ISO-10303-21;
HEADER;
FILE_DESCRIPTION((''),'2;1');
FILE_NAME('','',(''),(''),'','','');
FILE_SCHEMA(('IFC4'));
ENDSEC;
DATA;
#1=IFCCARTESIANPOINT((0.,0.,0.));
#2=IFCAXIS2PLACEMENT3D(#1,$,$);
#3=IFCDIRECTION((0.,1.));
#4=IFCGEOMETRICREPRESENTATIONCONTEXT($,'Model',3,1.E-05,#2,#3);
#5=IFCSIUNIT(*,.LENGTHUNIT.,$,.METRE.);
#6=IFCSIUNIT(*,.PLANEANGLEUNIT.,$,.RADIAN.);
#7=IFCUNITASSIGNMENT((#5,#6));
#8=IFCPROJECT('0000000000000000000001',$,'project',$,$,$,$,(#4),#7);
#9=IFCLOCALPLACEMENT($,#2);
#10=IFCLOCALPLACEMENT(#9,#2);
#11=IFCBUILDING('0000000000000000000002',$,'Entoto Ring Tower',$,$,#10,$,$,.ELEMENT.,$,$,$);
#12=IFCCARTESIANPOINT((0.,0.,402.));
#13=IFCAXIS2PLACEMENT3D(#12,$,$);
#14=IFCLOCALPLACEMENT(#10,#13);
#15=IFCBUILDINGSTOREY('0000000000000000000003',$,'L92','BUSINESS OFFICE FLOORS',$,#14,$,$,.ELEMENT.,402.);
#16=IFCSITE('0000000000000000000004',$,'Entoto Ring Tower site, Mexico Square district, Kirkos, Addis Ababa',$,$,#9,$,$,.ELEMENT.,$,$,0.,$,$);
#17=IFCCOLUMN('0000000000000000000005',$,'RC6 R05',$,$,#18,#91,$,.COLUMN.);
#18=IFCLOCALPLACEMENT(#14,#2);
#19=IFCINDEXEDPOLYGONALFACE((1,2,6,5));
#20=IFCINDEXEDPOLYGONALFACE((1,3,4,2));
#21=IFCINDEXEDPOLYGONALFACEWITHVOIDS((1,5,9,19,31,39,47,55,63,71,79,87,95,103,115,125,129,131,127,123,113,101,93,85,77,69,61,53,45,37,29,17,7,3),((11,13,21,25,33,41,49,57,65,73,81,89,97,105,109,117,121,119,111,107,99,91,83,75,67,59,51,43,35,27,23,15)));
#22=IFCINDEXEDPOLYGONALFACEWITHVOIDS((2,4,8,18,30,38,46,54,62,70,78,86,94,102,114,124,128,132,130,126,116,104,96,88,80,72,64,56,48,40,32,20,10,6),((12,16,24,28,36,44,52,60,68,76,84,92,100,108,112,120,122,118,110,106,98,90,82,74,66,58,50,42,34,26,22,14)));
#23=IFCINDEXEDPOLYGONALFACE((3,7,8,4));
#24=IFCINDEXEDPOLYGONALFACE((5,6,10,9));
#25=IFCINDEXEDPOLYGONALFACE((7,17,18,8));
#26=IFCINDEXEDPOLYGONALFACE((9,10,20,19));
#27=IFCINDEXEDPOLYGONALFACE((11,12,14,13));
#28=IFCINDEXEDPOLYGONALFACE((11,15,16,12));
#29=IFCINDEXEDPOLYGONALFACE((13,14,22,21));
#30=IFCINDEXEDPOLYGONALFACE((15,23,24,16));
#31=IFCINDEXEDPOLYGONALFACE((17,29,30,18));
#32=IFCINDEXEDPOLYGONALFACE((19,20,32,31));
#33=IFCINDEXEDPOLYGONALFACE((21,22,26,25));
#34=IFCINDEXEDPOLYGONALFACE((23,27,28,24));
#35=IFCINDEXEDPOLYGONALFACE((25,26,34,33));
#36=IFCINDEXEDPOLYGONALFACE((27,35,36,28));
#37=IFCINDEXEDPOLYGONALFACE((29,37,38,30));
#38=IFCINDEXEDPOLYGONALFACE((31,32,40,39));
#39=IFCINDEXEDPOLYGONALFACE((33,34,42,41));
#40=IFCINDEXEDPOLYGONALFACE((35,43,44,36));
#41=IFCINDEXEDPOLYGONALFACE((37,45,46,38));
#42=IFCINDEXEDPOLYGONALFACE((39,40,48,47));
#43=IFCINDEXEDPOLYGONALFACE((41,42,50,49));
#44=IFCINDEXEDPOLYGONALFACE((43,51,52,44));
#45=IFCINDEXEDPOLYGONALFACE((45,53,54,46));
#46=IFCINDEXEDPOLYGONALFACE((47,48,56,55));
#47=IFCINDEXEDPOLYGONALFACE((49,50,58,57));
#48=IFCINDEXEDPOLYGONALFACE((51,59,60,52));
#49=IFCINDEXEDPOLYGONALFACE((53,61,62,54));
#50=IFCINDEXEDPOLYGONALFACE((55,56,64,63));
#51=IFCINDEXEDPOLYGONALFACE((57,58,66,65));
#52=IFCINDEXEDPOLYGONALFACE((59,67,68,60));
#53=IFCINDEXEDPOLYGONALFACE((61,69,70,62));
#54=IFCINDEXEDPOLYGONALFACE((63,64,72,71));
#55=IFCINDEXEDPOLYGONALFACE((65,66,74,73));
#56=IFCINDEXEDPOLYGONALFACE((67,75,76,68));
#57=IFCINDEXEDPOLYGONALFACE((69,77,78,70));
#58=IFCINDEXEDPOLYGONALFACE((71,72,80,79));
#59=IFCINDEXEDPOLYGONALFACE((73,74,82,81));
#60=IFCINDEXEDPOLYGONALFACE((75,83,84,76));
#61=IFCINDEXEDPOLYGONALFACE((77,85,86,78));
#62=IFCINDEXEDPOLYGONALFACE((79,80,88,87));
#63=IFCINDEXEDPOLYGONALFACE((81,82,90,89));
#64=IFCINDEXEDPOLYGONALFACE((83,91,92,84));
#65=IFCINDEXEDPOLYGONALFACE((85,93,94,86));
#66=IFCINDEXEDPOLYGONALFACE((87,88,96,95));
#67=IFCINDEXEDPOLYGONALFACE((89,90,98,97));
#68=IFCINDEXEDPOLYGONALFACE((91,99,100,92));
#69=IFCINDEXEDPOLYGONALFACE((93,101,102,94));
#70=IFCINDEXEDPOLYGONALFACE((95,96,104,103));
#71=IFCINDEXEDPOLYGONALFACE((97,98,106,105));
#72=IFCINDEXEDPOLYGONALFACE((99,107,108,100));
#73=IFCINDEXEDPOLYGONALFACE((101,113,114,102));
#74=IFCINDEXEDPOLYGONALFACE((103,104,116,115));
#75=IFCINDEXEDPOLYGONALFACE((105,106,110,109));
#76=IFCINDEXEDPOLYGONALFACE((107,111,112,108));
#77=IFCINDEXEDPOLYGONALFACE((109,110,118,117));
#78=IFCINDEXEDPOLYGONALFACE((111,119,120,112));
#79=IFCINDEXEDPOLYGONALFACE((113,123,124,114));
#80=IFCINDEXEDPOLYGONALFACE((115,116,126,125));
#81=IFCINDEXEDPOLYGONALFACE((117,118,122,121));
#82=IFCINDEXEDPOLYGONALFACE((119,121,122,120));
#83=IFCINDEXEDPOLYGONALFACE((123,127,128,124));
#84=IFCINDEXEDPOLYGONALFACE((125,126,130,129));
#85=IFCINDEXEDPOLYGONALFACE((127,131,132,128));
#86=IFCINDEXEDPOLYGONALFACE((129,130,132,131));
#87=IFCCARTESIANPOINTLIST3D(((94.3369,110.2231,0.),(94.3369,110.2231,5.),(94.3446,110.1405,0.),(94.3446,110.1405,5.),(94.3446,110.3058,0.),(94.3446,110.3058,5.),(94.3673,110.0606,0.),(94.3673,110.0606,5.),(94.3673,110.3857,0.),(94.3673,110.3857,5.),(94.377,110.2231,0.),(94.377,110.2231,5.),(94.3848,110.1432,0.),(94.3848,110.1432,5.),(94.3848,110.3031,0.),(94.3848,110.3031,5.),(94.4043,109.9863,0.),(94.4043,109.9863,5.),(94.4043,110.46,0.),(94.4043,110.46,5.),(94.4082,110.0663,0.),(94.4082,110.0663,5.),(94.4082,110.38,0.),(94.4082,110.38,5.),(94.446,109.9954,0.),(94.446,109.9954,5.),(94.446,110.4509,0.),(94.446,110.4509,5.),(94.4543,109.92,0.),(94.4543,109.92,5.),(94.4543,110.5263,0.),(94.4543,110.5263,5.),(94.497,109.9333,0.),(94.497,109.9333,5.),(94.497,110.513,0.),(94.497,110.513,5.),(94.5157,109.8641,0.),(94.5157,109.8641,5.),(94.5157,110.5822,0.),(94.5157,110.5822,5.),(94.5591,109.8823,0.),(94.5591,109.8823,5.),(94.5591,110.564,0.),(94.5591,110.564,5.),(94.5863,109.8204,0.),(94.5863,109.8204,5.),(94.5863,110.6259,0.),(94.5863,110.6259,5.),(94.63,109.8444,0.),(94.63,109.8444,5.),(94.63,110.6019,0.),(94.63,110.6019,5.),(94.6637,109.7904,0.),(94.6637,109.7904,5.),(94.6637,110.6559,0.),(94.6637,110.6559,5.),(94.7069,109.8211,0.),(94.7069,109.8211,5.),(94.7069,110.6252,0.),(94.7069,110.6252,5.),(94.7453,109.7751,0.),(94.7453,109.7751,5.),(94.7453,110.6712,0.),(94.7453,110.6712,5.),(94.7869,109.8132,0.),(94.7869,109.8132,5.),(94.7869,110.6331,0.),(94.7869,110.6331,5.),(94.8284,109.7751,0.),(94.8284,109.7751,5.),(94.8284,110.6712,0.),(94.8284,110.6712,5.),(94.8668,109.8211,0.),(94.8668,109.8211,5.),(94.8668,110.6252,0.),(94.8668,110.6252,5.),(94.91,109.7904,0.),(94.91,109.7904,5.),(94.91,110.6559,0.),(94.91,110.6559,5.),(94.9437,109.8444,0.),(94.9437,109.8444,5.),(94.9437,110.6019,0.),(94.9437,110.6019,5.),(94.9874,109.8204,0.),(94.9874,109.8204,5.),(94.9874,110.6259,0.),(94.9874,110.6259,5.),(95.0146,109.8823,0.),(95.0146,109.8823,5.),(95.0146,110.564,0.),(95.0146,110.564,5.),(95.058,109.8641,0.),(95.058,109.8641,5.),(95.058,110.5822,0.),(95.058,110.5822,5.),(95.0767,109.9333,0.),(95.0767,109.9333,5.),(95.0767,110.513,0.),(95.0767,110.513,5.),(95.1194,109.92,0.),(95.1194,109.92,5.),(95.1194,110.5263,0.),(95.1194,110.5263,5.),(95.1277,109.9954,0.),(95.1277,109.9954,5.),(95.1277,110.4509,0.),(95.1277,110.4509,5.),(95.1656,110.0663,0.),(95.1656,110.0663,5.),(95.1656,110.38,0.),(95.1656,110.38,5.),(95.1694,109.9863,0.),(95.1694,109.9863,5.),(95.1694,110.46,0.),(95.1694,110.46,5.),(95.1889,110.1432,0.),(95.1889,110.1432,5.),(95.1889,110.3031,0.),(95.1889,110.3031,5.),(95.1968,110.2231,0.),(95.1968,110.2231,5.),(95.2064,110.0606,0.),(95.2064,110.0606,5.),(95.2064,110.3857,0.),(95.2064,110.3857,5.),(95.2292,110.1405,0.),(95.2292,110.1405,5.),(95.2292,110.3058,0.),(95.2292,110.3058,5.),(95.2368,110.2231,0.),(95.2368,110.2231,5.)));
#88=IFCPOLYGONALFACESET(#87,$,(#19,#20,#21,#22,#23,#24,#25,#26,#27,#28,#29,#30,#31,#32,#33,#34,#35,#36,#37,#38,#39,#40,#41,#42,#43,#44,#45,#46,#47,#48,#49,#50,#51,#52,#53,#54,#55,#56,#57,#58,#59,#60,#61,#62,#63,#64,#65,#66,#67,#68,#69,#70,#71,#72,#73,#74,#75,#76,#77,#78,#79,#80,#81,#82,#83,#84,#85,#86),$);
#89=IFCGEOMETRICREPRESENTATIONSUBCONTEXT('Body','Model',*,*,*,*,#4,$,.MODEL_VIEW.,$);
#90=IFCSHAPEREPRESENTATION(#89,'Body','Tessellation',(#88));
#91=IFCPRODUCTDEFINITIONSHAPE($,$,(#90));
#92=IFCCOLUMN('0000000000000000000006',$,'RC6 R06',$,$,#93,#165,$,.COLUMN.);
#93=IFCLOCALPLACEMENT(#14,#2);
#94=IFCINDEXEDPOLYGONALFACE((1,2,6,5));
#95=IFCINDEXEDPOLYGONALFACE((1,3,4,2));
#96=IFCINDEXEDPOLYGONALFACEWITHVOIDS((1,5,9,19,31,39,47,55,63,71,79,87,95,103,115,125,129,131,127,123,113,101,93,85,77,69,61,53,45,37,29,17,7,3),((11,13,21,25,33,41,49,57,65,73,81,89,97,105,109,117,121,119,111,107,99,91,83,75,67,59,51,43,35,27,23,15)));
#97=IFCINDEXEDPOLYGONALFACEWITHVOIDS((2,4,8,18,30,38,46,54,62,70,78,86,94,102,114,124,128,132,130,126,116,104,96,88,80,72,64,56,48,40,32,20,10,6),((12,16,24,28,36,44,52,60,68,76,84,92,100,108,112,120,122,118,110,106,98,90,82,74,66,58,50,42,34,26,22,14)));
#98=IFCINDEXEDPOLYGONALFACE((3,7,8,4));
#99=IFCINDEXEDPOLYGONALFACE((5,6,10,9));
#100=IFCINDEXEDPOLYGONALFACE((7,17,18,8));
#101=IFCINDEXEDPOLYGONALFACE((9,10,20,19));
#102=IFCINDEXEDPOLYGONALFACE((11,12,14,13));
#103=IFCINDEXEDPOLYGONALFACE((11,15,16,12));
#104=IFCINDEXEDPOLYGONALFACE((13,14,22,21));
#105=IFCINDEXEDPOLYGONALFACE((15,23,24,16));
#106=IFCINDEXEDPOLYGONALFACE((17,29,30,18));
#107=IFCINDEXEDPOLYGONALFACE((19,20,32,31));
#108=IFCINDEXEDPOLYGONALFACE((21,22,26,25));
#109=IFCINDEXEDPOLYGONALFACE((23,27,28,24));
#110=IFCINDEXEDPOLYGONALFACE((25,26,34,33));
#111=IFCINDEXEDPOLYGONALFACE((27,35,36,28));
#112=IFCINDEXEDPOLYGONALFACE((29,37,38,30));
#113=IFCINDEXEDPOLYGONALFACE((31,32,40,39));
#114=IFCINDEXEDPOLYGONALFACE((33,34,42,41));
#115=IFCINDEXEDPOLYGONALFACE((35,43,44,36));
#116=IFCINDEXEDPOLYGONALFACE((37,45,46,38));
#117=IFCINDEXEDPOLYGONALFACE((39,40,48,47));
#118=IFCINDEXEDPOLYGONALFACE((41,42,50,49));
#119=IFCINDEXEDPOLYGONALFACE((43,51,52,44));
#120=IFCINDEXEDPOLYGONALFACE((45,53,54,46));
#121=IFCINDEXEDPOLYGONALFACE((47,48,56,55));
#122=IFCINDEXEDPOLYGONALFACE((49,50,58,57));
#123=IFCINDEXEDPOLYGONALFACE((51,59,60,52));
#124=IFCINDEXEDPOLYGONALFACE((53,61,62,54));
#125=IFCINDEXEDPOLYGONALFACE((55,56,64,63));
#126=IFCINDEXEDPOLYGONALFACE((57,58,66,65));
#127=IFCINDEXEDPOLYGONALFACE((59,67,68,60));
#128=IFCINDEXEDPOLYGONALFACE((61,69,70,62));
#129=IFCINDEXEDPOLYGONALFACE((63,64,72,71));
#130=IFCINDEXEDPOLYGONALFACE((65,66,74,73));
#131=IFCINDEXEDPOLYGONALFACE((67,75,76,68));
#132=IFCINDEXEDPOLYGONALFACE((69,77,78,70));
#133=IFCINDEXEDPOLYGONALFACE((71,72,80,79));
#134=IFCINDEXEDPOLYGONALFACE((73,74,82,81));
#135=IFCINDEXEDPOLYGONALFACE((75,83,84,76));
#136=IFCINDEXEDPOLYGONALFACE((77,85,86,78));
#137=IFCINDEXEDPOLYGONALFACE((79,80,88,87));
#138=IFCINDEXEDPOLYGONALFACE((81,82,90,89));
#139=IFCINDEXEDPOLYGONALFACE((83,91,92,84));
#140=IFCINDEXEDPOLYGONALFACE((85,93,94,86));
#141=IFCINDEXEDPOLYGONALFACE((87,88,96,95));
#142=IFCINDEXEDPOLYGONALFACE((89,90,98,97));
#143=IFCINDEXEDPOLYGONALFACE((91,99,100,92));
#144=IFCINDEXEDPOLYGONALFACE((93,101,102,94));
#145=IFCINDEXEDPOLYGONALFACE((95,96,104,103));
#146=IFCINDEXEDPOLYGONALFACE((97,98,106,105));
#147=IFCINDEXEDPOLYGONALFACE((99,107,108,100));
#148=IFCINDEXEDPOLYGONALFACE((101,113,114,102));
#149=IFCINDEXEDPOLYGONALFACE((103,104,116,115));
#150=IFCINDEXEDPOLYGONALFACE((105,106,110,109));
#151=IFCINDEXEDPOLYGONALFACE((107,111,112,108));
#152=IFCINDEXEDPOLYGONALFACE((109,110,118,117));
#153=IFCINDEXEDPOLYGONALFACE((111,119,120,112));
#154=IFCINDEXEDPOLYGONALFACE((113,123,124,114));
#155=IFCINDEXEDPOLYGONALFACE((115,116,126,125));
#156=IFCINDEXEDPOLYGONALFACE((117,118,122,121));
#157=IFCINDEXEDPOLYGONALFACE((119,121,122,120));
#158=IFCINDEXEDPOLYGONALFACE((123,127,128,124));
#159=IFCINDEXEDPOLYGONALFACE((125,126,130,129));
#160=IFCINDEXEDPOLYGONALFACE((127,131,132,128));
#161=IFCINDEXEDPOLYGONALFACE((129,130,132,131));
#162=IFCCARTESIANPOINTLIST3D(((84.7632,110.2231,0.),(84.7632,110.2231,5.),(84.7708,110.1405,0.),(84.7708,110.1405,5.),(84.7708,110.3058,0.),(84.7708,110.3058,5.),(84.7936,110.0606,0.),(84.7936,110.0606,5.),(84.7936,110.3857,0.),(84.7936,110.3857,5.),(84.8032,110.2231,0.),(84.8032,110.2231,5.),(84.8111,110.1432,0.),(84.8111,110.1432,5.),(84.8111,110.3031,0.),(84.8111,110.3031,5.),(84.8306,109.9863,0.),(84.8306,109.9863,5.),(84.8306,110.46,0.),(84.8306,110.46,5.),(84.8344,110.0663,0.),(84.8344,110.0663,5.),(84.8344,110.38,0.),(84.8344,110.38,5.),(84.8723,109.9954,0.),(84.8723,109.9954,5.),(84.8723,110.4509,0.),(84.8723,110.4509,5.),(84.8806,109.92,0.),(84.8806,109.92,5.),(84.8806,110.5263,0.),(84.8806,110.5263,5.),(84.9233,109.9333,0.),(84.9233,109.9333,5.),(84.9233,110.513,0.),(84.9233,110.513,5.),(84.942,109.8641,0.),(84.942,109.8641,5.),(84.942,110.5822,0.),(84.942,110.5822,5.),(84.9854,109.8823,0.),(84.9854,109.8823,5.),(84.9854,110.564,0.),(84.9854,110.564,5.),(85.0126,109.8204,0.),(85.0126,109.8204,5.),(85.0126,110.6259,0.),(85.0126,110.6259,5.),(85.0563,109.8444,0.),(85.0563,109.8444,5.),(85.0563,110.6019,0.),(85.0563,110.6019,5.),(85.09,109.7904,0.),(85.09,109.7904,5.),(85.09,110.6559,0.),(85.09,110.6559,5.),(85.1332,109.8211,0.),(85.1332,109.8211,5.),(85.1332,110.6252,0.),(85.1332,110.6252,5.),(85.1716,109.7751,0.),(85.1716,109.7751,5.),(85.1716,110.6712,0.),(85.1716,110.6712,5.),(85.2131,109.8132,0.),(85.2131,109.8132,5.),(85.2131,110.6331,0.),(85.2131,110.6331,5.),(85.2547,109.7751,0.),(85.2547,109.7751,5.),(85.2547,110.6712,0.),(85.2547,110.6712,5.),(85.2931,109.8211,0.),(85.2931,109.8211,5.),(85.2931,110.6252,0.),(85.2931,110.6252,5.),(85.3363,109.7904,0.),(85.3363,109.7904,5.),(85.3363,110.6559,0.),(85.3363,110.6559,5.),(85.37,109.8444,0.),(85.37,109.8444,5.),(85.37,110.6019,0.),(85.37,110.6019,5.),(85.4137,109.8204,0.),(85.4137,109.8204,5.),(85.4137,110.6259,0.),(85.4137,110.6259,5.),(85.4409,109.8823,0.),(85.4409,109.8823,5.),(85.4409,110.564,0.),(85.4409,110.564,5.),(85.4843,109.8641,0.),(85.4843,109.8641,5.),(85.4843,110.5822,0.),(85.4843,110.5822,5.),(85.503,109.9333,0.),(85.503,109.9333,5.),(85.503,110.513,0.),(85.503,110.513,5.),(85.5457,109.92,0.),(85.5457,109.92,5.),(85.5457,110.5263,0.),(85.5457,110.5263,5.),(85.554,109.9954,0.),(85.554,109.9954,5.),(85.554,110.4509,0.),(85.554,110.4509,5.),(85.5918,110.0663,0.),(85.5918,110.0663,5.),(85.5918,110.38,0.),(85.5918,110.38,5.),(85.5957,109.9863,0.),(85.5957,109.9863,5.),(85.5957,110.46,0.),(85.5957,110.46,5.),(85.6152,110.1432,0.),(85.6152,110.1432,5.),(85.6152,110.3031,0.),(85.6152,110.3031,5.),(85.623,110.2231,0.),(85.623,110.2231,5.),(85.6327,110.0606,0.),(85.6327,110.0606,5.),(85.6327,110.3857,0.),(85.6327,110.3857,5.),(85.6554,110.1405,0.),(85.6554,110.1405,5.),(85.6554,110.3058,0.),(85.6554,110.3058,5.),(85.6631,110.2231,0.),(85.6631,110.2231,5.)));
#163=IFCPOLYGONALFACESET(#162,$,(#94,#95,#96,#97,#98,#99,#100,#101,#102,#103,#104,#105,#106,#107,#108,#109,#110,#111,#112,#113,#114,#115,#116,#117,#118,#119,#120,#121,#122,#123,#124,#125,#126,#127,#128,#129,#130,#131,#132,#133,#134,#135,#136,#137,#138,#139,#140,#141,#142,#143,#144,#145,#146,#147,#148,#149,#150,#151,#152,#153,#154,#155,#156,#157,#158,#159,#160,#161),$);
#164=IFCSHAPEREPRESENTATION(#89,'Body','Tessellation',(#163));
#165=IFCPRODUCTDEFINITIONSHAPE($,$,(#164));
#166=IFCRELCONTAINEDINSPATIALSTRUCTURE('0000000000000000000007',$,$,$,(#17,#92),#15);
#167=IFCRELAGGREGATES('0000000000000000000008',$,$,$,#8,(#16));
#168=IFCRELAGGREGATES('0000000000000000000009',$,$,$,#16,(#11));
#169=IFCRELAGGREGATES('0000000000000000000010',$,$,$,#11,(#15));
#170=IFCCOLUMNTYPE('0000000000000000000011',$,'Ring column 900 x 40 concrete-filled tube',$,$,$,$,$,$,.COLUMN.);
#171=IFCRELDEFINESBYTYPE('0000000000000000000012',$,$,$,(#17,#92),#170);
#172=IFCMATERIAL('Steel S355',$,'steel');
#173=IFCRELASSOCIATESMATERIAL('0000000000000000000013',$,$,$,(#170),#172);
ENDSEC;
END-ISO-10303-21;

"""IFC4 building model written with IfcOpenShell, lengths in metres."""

from ifc_helpers import new_model, si_unit, direction, frame, origin, origin_2d, place, context, subcontext, project, spatial, circle, hollow_circle, extrude, material, material_profile, profile_set, type_object, element, save


model = new_model("IFC4")

# Units and contexts
model_context = context("Model", 3, precision=1e-05, world=origin(), true_north=direction((0.0, 1.0)))
body_context = subcontext(model_context, "Body", "Model", "MODEL_VIEW")
ifc_project = project(units=[si_unit("LENGTHUNIT", "METRE"), si_unit("PLANEANGLEUNIT", "RADIAN")], contexts=[model_context])

# Site, building, storey
site_placement = place(None, origin())
site = spatial("IfcSite", under=ifc_project, at=site_placement, Name="Entoto Ring Tower site, Mexico Square district, Kirkos, Addis Ababa", CompositionType="ELEMENT", RefElevation=0.0)
building_placement = place(site_placement, origin())
building = spatial("IfcBuilding", under=site, at=building_placement, Name="Entoto Ring Tower", CompositionType="ELEMENT")
storey_placement = place(building_placement, frame((0.0, 0.0, 402.0)))
storey = spatial("IfcBuildingStorey", under=building, at=storey_placement, Name="L92", Description="BUSINESS OFFICE FLOORS", CompositionType="ELEMENT", Elevation=402.0)

# Columns
ifc_material_1 = material(Name="Steel S355", Category="steel")
ifc_material_profile_1 = material_profile(ifc_material_1, hollow_circle(Radius=0.45, WallThickness=0.04, at=origin_2d()), Name="CHS 900 x 40")
ifc_material_2 = material(Name="Concrete C60/75", Category="concrete")
ifc_material_profile_2 = material_profile(ifc_material_2, circle(Radius=0.4099, at=origin_2d()), Name="Concrete C60/75 infill")
ifc_profile_set_1 = profile_set([ifc_material_profile_1, ifc_material_profile_2], Name="Steel S355")
column_type = type_object("IfcColumnType", Name="Ring column 900 x 40 concrete-filled tube", PredefinedType="COLUMN", material=ifc_profile_set_1)
for number, where, z_axis, x_axis, name in (
    (1, (94.7869, 110.2231, 0.0), (0.0, 0.0, 1.0), (1.0, 0.0, 0.0), "RC6 R05"),
    (2, (85.2131, 110.2231, 0.0), (0.0, 0.0, 1.0), (1.0, 0.0, 0.0), "RC6 R06"),
):
    element("IfcColumn", number, at=place(storey_placement, frame(where, z_axis=z_axis, x_axis=x_axis)), inside=storey, type_object=column_type, Name=name, PredefinedType="COLUMN", context=body_context, shape_type="SweptSolid", body=[
        extrude(hollow_circle(Radius=0.45, WallThickness=0.04, at=origin_2d()), origin(), (0.0, 0.0, 1.0), 5.0),
    ])

save(model, "model.ifc")
